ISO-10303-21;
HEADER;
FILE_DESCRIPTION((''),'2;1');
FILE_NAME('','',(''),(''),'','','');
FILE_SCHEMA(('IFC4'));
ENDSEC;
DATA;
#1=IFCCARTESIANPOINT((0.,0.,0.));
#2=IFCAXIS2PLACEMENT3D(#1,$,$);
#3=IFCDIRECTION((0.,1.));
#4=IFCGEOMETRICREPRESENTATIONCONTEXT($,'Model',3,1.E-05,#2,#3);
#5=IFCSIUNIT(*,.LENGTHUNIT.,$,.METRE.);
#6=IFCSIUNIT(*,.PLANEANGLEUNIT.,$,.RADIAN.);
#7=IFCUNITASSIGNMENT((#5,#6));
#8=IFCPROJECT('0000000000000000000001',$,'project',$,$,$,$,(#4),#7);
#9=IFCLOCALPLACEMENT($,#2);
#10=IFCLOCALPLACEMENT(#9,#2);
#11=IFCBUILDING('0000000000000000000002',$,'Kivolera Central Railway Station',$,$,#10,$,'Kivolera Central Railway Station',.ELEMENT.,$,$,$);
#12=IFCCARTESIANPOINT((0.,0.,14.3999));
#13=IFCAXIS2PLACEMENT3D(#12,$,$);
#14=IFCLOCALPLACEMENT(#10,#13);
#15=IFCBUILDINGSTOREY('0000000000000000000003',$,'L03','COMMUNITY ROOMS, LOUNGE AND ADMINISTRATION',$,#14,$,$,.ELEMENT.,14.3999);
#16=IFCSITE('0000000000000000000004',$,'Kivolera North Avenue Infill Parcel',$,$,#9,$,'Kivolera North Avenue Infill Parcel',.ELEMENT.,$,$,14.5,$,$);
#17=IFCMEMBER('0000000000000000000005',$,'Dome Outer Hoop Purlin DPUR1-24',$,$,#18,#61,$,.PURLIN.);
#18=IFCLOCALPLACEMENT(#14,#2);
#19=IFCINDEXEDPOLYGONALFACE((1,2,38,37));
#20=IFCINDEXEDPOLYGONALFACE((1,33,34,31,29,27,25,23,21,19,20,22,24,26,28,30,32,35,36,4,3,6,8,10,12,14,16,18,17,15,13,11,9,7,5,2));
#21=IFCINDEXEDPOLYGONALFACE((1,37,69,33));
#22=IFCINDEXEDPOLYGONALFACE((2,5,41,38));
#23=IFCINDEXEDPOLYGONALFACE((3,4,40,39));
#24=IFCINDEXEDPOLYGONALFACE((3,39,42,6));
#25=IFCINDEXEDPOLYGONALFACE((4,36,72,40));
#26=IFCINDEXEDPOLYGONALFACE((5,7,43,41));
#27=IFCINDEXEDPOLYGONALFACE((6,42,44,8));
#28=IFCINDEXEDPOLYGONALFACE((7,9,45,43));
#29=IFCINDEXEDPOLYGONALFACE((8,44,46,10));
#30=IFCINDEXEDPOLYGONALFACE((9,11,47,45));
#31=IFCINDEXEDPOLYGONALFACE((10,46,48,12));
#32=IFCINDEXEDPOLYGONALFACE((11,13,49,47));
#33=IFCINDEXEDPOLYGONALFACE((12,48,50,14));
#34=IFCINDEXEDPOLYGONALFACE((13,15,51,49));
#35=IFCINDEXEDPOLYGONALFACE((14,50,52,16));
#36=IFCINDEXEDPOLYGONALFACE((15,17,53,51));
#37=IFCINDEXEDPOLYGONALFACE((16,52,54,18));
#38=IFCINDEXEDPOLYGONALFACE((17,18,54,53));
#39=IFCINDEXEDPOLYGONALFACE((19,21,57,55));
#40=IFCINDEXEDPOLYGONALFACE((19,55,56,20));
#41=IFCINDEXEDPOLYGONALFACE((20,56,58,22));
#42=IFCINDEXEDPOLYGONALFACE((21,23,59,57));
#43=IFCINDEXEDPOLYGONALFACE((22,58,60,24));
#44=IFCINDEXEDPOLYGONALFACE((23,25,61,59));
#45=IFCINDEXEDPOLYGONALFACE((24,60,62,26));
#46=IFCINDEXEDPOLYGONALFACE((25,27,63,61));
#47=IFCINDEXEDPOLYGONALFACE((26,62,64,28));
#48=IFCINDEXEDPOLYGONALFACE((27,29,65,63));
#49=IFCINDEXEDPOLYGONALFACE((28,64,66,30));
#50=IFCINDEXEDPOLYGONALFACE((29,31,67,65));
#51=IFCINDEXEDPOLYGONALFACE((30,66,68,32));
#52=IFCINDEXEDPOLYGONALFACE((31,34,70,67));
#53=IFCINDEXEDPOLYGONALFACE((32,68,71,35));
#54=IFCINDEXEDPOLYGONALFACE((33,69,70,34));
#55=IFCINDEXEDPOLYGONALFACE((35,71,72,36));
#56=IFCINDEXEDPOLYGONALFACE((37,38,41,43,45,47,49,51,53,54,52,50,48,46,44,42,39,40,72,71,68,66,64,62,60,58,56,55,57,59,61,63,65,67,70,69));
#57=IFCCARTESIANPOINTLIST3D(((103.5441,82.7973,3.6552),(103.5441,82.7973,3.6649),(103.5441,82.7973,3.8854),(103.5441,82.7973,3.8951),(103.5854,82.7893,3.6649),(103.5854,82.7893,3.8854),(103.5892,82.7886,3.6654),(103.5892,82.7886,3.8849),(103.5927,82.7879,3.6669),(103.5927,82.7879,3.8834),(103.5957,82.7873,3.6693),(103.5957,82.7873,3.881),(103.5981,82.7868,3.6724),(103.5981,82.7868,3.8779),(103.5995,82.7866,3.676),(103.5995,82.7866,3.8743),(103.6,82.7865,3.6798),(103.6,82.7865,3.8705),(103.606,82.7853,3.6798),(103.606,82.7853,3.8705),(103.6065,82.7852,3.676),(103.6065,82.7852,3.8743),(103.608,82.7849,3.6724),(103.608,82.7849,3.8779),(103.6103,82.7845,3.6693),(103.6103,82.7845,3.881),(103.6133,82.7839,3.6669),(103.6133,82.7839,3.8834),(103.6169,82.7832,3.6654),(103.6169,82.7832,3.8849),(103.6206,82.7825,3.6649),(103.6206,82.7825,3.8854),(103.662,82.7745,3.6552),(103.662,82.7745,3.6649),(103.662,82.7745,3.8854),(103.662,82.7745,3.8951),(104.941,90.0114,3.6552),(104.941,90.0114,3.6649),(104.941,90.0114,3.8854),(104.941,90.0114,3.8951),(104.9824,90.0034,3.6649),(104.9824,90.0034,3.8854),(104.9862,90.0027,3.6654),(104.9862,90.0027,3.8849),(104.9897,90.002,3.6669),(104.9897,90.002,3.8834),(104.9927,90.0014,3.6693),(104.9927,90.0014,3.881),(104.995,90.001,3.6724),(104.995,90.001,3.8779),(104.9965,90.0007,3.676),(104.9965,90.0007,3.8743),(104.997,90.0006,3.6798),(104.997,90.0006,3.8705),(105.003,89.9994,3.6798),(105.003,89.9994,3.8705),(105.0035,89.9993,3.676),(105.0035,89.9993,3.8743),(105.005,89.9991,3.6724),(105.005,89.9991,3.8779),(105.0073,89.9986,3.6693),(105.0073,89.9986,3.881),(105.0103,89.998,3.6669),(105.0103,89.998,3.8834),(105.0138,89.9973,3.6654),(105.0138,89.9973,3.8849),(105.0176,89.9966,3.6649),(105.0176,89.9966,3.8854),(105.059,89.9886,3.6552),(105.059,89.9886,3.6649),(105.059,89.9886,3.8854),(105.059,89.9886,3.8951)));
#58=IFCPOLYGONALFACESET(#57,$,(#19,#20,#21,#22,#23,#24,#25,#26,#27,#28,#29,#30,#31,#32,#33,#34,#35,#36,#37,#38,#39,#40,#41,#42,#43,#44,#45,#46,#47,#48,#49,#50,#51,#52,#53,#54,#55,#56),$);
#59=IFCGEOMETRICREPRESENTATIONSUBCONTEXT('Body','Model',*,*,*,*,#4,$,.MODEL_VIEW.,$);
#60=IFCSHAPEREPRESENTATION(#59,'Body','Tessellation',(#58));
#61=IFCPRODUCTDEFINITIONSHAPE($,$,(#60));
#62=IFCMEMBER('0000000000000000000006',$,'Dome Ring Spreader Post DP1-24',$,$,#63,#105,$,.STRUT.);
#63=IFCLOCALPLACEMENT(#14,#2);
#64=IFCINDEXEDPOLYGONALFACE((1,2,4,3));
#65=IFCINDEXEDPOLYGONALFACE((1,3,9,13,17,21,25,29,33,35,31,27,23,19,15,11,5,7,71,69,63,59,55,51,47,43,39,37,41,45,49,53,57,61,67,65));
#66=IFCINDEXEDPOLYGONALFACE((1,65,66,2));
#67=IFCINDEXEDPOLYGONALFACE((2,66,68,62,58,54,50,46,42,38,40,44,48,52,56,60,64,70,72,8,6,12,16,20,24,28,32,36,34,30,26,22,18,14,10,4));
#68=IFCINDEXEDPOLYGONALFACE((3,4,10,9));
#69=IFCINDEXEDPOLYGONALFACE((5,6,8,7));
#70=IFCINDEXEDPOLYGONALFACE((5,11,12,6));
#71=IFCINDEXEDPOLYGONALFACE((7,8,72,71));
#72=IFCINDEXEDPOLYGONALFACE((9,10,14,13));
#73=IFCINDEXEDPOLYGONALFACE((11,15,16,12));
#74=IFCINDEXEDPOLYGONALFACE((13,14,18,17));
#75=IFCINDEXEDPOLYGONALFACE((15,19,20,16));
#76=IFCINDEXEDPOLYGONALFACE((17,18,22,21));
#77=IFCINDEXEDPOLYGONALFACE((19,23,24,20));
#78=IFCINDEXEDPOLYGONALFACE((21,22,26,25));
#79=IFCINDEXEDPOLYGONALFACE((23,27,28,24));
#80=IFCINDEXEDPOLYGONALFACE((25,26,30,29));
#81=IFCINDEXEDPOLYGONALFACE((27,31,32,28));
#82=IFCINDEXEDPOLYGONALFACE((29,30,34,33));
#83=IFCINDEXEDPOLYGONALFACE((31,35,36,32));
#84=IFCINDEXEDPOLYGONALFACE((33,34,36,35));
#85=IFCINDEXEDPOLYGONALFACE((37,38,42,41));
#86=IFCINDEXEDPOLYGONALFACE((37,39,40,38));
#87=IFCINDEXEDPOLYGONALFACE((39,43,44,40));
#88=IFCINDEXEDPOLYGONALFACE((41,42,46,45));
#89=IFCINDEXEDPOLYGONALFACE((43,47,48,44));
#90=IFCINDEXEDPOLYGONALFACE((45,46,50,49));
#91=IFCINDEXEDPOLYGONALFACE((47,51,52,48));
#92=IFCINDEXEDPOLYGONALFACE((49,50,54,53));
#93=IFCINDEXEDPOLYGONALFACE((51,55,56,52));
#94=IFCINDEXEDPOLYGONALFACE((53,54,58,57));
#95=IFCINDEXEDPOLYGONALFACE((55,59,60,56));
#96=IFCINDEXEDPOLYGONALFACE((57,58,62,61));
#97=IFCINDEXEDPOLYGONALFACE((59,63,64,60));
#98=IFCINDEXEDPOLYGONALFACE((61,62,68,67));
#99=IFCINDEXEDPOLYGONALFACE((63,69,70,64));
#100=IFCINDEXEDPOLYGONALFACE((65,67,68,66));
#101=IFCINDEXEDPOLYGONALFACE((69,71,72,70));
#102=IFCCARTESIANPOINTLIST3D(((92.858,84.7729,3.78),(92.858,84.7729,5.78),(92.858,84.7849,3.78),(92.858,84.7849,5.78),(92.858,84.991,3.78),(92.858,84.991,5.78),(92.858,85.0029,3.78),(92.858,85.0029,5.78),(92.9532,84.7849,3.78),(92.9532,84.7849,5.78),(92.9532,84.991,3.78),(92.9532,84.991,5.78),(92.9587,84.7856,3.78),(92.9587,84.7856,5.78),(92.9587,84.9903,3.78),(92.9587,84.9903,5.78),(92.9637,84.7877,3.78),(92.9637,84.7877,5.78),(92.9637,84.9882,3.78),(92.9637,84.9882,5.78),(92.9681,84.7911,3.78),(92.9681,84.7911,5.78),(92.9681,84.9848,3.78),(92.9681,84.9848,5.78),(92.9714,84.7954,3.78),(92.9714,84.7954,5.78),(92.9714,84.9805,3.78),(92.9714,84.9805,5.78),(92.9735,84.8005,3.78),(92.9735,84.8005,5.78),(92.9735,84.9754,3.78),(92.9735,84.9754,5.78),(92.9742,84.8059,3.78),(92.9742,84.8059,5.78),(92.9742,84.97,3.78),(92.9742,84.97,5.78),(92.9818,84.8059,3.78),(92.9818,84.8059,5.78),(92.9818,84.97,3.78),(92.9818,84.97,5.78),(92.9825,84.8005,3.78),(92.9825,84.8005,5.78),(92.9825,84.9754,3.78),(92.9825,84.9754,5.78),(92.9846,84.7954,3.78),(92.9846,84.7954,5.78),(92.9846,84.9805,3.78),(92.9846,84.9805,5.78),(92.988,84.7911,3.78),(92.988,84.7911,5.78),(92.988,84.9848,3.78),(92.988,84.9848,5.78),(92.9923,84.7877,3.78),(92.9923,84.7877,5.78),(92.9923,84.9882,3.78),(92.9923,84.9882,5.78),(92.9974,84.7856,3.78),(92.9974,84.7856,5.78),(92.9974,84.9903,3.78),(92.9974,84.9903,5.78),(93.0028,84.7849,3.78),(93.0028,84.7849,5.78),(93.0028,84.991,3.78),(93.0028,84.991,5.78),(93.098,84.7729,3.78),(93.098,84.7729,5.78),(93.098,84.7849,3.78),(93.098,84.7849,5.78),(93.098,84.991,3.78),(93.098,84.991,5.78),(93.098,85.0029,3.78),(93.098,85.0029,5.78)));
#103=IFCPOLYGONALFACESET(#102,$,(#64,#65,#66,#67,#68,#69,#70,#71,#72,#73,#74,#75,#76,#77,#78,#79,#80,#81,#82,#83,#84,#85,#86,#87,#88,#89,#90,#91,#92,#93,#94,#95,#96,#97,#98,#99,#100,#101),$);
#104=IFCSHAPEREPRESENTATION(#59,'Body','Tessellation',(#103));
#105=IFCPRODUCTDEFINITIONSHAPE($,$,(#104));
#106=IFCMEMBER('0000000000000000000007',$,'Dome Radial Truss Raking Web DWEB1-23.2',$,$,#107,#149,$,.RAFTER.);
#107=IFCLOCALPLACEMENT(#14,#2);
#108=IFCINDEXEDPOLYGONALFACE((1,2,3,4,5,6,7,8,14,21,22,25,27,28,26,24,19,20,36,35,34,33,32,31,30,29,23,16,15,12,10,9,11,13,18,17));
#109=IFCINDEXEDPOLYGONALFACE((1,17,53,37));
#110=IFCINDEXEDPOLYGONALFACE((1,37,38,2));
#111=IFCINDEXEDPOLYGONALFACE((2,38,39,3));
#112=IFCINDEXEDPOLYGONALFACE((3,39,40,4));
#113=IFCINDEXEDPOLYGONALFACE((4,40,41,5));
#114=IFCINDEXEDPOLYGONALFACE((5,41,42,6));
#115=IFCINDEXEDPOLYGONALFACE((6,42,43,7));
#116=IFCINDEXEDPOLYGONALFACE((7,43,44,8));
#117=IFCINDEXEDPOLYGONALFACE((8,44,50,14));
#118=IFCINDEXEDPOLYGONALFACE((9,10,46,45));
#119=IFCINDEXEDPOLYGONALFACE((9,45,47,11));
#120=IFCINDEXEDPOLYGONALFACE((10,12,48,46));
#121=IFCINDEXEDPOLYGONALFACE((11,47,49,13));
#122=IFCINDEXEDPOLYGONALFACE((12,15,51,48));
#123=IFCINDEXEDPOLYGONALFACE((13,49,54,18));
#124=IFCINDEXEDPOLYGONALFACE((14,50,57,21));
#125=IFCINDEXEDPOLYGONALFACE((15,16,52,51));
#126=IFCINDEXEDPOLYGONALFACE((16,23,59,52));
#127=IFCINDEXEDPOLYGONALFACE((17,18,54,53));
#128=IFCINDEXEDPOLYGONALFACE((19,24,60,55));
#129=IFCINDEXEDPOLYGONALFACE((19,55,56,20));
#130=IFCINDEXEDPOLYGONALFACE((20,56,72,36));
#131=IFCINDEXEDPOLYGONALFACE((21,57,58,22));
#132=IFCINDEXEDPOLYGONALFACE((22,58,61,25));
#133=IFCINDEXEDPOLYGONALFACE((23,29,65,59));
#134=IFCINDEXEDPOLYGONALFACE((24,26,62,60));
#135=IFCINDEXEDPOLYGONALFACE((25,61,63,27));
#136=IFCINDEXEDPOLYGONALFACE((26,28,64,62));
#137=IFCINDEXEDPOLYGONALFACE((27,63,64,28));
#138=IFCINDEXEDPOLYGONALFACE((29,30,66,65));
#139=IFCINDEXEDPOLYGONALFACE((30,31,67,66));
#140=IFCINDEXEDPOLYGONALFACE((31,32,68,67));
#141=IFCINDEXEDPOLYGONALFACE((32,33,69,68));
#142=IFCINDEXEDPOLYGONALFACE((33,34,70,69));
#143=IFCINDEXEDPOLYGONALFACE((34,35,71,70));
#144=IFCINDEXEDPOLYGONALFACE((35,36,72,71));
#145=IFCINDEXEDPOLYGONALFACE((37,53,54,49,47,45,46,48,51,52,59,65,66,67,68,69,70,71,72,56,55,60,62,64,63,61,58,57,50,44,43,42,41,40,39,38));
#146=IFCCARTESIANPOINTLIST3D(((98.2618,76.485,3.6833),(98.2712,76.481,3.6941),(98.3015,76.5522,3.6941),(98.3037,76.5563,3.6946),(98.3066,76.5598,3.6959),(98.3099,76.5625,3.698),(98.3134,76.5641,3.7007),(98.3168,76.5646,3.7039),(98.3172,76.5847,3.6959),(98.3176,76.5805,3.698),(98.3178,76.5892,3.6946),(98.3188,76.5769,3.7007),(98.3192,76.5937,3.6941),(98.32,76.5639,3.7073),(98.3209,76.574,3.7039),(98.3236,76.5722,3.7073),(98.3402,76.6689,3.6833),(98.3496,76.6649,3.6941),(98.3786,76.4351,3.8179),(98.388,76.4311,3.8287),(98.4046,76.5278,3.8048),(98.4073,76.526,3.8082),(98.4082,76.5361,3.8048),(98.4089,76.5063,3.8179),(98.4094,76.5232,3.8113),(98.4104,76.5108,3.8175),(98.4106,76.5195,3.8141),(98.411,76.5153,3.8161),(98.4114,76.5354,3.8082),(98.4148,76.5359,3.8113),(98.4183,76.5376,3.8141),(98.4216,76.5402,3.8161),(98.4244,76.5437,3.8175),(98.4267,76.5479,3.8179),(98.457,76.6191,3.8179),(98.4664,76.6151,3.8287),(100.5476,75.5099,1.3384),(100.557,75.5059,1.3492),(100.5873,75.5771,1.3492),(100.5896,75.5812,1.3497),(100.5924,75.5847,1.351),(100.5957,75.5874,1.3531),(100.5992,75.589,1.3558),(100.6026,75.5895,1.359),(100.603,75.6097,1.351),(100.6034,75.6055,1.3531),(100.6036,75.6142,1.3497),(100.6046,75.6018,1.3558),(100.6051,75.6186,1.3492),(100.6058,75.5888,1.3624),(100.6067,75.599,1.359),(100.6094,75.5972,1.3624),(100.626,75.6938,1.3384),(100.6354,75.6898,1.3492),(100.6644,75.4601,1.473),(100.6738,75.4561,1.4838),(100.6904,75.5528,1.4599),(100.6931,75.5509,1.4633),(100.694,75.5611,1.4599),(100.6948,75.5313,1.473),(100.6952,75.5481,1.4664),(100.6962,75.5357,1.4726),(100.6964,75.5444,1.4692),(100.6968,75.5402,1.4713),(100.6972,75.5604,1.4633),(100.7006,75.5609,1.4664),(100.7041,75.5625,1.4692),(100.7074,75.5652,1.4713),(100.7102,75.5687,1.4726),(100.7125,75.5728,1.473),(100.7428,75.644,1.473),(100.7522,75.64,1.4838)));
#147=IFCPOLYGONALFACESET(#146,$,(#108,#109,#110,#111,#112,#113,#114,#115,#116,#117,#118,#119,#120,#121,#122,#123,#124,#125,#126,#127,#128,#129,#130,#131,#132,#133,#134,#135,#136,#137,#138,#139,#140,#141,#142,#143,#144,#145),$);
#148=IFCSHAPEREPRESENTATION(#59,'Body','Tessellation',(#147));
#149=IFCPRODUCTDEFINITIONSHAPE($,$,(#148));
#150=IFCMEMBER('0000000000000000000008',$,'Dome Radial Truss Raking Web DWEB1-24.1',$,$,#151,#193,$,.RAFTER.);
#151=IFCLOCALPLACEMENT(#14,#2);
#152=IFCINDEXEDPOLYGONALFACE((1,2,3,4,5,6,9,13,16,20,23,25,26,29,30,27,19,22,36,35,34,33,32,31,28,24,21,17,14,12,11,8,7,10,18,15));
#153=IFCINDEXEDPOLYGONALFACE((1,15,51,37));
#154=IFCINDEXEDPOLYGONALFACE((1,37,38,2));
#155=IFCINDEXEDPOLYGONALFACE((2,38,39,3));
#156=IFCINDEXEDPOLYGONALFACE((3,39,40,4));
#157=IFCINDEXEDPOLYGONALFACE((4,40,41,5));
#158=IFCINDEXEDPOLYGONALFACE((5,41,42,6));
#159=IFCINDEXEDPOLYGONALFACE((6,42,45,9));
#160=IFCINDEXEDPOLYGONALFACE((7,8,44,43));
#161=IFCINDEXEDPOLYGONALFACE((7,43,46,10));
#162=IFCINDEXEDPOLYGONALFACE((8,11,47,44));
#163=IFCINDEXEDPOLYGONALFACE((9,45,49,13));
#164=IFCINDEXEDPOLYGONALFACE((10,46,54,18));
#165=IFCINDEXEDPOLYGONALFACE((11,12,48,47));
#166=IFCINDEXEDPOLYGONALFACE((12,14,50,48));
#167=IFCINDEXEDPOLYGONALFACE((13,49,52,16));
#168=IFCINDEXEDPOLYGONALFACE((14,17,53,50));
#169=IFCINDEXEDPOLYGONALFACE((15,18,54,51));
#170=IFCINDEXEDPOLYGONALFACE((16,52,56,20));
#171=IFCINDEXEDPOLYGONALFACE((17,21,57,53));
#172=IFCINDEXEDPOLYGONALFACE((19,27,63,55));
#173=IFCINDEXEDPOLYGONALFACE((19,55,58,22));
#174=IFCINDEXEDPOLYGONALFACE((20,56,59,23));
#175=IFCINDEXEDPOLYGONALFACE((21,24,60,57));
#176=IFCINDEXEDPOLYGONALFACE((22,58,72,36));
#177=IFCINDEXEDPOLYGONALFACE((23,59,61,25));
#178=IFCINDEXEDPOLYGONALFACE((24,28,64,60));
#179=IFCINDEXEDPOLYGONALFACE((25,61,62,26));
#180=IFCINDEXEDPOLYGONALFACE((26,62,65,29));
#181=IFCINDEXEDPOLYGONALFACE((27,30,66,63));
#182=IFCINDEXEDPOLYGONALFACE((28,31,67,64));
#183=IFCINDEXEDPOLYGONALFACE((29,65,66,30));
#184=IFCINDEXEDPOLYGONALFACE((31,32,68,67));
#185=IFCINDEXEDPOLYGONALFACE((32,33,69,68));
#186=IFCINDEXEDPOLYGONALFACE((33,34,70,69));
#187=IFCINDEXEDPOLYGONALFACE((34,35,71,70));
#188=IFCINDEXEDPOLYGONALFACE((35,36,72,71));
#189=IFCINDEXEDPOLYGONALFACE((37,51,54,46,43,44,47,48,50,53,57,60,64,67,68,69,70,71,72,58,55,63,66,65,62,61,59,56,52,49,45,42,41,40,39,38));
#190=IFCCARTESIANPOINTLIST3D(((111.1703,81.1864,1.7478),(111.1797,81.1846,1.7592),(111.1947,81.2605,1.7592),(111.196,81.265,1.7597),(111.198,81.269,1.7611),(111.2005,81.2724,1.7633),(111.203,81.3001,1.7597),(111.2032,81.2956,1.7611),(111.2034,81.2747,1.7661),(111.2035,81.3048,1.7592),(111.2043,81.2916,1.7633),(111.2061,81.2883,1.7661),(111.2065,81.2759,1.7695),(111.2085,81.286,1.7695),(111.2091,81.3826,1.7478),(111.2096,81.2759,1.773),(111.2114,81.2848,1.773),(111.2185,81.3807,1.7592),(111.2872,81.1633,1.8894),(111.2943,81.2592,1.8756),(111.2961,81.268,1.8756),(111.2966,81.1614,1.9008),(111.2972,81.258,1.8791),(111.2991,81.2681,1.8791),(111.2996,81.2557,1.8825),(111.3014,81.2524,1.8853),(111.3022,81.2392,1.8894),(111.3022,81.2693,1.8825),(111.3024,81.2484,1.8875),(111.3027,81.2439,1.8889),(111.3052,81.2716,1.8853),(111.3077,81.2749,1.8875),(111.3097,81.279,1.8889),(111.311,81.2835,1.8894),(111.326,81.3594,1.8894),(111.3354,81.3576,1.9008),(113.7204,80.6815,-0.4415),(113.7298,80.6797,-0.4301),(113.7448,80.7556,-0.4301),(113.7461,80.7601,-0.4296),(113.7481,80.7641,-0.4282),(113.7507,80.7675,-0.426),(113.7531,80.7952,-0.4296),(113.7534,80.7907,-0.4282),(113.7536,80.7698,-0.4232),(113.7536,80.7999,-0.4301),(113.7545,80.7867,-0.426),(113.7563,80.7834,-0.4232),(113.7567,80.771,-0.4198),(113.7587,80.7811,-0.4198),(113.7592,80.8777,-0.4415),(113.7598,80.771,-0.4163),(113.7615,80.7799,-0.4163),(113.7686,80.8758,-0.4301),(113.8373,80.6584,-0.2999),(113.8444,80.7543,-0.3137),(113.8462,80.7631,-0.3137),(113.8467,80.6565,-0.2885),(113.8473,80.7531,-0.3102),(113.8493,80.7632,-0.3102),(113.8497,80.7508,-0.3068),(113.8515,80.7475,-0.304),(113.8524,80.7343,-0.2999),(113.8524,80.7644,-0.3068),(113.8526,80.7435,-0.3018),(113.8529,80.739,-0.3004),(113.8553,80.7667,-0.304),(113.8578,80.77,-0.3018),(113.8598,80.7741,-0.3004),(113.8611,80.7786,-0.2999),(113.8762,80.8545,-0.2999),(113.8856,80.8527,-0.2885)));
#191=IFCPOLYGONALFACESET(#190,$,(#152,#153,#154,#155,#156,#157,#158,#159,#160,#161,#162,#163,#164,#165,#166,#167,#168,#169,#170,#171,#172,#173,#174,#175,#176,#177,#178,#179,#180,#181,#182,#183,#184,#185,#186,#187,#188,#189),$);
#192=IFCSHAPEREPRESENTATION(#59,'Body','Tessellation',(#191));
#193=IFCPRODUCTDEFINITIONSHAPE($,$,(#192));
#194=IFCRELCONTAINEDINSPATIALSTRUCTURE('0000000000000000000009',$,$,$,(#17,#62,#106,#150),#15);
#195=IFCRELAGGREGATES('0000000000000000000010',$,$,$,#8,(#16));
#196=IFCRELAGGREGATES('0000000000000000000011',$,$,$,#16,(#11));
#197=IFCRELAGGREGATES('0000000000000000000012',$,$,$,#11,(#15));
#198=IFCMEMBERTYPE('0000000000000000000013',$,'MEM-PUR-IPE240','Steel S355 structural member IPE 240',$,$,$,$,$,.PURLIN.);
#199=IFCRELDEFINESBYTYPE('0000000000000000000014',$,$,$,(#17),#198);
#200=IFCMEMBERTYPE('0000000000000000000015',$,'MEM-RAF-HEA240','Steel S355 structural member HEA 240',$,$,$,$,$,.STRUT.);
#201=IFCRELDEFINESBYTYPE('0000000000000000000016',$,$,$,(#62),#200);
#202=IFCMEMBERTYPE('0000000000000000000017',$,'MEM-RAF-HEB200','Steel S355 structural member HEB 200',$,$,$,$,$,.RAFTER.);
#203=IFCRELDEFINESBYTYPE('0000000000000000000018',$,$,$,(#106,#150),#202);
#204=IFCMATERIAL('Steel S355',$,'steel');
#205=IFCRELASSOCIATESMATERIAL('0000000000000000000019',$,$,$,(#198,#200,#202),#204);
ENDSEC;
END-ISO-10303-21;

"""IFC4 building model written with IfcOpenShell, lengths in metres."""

from ifc_helpers import new_model, si_unit, direction, frame, origin, origin_2d, place, context, subcontext, project, spatial, i_section, extrude, material, material_profile, profile_set, type_object, element, save


model = new_model("IFC4")

# Units and contexts
model_context = context("Model", 3, precision=1e-05, world=origin(), true_north=direction((0.0, 1.0)))
body_context = subcontext(model_context, "Body", "Model", "MODEL_VIEW")
ifc_project = project(units=[si_unit("LENGTHUNIT", "METRE"), si_unit("PLANEANGLEUNIT", "RADIAN")], contexts=[model_context])

# Site, building, storey
site_placement = place(None, origin())
site = spatial("IfcSite", under=ifc_project, at=site_placement, Name="Kivolera North Avenue Infill Parcel", LongName="Kivolera North Avenue Infill Parcel", CompositionType="ELEMENT", RefElevation=14.5)
building_placement = place(site_placement, origin())
building = spatial("IfcBuilding", under=site, at=building_placement, Name="Kivolera Central Railway Station", LongName="Kivolera Central Railway Station", CompositionType="ELEMENT")
storey_placement = place(building_placement, frame((0.0, 0.0, 14.3999)))
storey = spatial("IfcBuildingStorey", under=building, at=storey_placement, Name="L03", Description="COMMUNITY ROOMS, LOUNGE AND ADMINISTRATION", CompositionType="ELEMENT", Elevation=14.3999)

# Shared definitions
ifc_material_1 = material(Name="Steel S355", Category="steel")

# Members
ifc_material_profile_1 = material_profile(ifc_material_1, i_section(OverallWidth=0.1201, OverallDepth=0.24, WebThickness=0.0061, FlangeThickness=0.0098, FilletRadius=0.0149, at=origin_2d()), Name="IPE 240")
ifc_profile_set_1 = profile_set([ifc_material_profile_1], Name="Steel S355")
member_type_1 = type_object("IfcMemberType", Name="MEM-PUR-IPE240", Description="Steel S355 structural member IPE 240", PredefinedType="PURLIN", material=ifc_profile_set_1)
member_1_placement = place(storey_placement, frame((103.603, 82.7859, 3.7751), z_axis=(0.190113, 0.981762, 0.0), x_axis=(-0.981762, 0.190113, 0.0)))
element("IfcMember", 1, at=member_1_placement, inside=storey, type_object=member_type_1, Name="Dome Outer Hoop Purlin DPUR1-24", PredefinedType="PURLIN", context=body_context, shape_type="SweptSolid", body=[
    extrude(i_section(OverallWidth=0.1201, OverallDepth=0.24, WebThickness=0.0061, FlangeThickness=0.0098, FilletRadius=0.0149, at=origin_2d()), origin(), (0.0, 0.0, 1.0), 7.3481),
])
ifc_material_profile_2 = material_profile(ifc_material_1, i_section(OverallWidth=0.24, OverallDepth=0.23, WebThickness=0.0076, FlangeThickness=0.012, FilletRadius=0.021, at=origin_2d()), Name="HEA 240")
ifc_profile_set_2 = profile_set([ifc_material_profile_2], Name="Steel S355")
member_type_2 = type_object("IfcMemberType", Name="MEM-RAF-HEA240", Description="Steel S355 structural member HEA 240", PredefinedType="STRUT", material=ifc_profile_set_2)
member_2_placement = place(storey_placement, frame((92.978, 84.8879, 3.78), z_axis=(0.0, 0.0, 1.0), x_axis=(1.0, 0.0, 0.0)))
element("IfcMember", 2, at=member_2_placement, inside=storey, type_object=member_type_2, Name="Dome Ring Spreader Post DP1-24", PredefinedType="STRUT", context=body_context, shape_type="SweptSolid", body=[
    extrude(i_section(OverallWidth=0.24, OverallDepth=0.23, WebThickness=0.0076, FlangeThickness=0.012, FilletRadius=0.021, at=origin_2d()), origin(), (0.0, 0.0, 1.0), 2.0),
])
ifc_material_profile_3 = material_profile(ifc_material_1, i_section(OverallWidth=0.2, OverallDepth=0.2, WebThickness=0.009, FlangeThickness=0.0149, FilletRadius=0.0181, at=origin_2d()), Name="HEB 200")
ifc_profile_set_3 = profile_set([ifc_material_profile_3], Name="Steel S355")
member_type_3 = type_object("IfcMemberType", Name="MEM-RAF-HEB200", Description="Steel S355 structural member HEB 200", PredefinedType="RAFTER", material=ifc_profile_set_3)
member_3_placement = place(storey_placement, frame((100.6499, 75.575, 1.4111), z_axis=(-0.669001, 0.285378, 0.686292), x_axis=(-0.392366, -0.919809, 0.0)))
element("IfcMember", 3, at=member_3_placement, inside=storey, type_object=member_type_3, Name="Dome Radial Truss Raking Web DWEB1-23.2", PredefinedType="RAFTER", context=body_context, shape_type="SweptSolid", body=[
    extrude(i_section(OverallWidth=0.2, OverallDepth=0.2, WebThickness=0.009, FlangeThickness=0.0149, FilletRadius=0.0181, at=origin_2d()), origin(), (0.0, 0.0, 1.0), 3.4167),
])
member_4_placement = place(storey_placement, frame((113.803, 80.7671, -0.365), z_axis=(-0.750329, 0.148557, 0.644156), x_axis=(-0.194219, -0.980958, 0.0)))
element("IfcMember", 4, at=member_4_placement, inside=storey, type_object=member_type_3, Name="Dome Radial Truss Raking Web DWEB1-24.1", PredefinedType="RAFTER", context=body_context, shape_type="SweptSolid", body=[
    extrude(i_section(OverallWidth=0.2, OverallDepth=0.2, WebThickness=0.009, FlangeThickness=0.0149, FilletRadius=0.0181, at=origin_2d()), origin(), (0.0, 0.0, 1.0), 3.3987),
])

save(model, "model.ifc")
